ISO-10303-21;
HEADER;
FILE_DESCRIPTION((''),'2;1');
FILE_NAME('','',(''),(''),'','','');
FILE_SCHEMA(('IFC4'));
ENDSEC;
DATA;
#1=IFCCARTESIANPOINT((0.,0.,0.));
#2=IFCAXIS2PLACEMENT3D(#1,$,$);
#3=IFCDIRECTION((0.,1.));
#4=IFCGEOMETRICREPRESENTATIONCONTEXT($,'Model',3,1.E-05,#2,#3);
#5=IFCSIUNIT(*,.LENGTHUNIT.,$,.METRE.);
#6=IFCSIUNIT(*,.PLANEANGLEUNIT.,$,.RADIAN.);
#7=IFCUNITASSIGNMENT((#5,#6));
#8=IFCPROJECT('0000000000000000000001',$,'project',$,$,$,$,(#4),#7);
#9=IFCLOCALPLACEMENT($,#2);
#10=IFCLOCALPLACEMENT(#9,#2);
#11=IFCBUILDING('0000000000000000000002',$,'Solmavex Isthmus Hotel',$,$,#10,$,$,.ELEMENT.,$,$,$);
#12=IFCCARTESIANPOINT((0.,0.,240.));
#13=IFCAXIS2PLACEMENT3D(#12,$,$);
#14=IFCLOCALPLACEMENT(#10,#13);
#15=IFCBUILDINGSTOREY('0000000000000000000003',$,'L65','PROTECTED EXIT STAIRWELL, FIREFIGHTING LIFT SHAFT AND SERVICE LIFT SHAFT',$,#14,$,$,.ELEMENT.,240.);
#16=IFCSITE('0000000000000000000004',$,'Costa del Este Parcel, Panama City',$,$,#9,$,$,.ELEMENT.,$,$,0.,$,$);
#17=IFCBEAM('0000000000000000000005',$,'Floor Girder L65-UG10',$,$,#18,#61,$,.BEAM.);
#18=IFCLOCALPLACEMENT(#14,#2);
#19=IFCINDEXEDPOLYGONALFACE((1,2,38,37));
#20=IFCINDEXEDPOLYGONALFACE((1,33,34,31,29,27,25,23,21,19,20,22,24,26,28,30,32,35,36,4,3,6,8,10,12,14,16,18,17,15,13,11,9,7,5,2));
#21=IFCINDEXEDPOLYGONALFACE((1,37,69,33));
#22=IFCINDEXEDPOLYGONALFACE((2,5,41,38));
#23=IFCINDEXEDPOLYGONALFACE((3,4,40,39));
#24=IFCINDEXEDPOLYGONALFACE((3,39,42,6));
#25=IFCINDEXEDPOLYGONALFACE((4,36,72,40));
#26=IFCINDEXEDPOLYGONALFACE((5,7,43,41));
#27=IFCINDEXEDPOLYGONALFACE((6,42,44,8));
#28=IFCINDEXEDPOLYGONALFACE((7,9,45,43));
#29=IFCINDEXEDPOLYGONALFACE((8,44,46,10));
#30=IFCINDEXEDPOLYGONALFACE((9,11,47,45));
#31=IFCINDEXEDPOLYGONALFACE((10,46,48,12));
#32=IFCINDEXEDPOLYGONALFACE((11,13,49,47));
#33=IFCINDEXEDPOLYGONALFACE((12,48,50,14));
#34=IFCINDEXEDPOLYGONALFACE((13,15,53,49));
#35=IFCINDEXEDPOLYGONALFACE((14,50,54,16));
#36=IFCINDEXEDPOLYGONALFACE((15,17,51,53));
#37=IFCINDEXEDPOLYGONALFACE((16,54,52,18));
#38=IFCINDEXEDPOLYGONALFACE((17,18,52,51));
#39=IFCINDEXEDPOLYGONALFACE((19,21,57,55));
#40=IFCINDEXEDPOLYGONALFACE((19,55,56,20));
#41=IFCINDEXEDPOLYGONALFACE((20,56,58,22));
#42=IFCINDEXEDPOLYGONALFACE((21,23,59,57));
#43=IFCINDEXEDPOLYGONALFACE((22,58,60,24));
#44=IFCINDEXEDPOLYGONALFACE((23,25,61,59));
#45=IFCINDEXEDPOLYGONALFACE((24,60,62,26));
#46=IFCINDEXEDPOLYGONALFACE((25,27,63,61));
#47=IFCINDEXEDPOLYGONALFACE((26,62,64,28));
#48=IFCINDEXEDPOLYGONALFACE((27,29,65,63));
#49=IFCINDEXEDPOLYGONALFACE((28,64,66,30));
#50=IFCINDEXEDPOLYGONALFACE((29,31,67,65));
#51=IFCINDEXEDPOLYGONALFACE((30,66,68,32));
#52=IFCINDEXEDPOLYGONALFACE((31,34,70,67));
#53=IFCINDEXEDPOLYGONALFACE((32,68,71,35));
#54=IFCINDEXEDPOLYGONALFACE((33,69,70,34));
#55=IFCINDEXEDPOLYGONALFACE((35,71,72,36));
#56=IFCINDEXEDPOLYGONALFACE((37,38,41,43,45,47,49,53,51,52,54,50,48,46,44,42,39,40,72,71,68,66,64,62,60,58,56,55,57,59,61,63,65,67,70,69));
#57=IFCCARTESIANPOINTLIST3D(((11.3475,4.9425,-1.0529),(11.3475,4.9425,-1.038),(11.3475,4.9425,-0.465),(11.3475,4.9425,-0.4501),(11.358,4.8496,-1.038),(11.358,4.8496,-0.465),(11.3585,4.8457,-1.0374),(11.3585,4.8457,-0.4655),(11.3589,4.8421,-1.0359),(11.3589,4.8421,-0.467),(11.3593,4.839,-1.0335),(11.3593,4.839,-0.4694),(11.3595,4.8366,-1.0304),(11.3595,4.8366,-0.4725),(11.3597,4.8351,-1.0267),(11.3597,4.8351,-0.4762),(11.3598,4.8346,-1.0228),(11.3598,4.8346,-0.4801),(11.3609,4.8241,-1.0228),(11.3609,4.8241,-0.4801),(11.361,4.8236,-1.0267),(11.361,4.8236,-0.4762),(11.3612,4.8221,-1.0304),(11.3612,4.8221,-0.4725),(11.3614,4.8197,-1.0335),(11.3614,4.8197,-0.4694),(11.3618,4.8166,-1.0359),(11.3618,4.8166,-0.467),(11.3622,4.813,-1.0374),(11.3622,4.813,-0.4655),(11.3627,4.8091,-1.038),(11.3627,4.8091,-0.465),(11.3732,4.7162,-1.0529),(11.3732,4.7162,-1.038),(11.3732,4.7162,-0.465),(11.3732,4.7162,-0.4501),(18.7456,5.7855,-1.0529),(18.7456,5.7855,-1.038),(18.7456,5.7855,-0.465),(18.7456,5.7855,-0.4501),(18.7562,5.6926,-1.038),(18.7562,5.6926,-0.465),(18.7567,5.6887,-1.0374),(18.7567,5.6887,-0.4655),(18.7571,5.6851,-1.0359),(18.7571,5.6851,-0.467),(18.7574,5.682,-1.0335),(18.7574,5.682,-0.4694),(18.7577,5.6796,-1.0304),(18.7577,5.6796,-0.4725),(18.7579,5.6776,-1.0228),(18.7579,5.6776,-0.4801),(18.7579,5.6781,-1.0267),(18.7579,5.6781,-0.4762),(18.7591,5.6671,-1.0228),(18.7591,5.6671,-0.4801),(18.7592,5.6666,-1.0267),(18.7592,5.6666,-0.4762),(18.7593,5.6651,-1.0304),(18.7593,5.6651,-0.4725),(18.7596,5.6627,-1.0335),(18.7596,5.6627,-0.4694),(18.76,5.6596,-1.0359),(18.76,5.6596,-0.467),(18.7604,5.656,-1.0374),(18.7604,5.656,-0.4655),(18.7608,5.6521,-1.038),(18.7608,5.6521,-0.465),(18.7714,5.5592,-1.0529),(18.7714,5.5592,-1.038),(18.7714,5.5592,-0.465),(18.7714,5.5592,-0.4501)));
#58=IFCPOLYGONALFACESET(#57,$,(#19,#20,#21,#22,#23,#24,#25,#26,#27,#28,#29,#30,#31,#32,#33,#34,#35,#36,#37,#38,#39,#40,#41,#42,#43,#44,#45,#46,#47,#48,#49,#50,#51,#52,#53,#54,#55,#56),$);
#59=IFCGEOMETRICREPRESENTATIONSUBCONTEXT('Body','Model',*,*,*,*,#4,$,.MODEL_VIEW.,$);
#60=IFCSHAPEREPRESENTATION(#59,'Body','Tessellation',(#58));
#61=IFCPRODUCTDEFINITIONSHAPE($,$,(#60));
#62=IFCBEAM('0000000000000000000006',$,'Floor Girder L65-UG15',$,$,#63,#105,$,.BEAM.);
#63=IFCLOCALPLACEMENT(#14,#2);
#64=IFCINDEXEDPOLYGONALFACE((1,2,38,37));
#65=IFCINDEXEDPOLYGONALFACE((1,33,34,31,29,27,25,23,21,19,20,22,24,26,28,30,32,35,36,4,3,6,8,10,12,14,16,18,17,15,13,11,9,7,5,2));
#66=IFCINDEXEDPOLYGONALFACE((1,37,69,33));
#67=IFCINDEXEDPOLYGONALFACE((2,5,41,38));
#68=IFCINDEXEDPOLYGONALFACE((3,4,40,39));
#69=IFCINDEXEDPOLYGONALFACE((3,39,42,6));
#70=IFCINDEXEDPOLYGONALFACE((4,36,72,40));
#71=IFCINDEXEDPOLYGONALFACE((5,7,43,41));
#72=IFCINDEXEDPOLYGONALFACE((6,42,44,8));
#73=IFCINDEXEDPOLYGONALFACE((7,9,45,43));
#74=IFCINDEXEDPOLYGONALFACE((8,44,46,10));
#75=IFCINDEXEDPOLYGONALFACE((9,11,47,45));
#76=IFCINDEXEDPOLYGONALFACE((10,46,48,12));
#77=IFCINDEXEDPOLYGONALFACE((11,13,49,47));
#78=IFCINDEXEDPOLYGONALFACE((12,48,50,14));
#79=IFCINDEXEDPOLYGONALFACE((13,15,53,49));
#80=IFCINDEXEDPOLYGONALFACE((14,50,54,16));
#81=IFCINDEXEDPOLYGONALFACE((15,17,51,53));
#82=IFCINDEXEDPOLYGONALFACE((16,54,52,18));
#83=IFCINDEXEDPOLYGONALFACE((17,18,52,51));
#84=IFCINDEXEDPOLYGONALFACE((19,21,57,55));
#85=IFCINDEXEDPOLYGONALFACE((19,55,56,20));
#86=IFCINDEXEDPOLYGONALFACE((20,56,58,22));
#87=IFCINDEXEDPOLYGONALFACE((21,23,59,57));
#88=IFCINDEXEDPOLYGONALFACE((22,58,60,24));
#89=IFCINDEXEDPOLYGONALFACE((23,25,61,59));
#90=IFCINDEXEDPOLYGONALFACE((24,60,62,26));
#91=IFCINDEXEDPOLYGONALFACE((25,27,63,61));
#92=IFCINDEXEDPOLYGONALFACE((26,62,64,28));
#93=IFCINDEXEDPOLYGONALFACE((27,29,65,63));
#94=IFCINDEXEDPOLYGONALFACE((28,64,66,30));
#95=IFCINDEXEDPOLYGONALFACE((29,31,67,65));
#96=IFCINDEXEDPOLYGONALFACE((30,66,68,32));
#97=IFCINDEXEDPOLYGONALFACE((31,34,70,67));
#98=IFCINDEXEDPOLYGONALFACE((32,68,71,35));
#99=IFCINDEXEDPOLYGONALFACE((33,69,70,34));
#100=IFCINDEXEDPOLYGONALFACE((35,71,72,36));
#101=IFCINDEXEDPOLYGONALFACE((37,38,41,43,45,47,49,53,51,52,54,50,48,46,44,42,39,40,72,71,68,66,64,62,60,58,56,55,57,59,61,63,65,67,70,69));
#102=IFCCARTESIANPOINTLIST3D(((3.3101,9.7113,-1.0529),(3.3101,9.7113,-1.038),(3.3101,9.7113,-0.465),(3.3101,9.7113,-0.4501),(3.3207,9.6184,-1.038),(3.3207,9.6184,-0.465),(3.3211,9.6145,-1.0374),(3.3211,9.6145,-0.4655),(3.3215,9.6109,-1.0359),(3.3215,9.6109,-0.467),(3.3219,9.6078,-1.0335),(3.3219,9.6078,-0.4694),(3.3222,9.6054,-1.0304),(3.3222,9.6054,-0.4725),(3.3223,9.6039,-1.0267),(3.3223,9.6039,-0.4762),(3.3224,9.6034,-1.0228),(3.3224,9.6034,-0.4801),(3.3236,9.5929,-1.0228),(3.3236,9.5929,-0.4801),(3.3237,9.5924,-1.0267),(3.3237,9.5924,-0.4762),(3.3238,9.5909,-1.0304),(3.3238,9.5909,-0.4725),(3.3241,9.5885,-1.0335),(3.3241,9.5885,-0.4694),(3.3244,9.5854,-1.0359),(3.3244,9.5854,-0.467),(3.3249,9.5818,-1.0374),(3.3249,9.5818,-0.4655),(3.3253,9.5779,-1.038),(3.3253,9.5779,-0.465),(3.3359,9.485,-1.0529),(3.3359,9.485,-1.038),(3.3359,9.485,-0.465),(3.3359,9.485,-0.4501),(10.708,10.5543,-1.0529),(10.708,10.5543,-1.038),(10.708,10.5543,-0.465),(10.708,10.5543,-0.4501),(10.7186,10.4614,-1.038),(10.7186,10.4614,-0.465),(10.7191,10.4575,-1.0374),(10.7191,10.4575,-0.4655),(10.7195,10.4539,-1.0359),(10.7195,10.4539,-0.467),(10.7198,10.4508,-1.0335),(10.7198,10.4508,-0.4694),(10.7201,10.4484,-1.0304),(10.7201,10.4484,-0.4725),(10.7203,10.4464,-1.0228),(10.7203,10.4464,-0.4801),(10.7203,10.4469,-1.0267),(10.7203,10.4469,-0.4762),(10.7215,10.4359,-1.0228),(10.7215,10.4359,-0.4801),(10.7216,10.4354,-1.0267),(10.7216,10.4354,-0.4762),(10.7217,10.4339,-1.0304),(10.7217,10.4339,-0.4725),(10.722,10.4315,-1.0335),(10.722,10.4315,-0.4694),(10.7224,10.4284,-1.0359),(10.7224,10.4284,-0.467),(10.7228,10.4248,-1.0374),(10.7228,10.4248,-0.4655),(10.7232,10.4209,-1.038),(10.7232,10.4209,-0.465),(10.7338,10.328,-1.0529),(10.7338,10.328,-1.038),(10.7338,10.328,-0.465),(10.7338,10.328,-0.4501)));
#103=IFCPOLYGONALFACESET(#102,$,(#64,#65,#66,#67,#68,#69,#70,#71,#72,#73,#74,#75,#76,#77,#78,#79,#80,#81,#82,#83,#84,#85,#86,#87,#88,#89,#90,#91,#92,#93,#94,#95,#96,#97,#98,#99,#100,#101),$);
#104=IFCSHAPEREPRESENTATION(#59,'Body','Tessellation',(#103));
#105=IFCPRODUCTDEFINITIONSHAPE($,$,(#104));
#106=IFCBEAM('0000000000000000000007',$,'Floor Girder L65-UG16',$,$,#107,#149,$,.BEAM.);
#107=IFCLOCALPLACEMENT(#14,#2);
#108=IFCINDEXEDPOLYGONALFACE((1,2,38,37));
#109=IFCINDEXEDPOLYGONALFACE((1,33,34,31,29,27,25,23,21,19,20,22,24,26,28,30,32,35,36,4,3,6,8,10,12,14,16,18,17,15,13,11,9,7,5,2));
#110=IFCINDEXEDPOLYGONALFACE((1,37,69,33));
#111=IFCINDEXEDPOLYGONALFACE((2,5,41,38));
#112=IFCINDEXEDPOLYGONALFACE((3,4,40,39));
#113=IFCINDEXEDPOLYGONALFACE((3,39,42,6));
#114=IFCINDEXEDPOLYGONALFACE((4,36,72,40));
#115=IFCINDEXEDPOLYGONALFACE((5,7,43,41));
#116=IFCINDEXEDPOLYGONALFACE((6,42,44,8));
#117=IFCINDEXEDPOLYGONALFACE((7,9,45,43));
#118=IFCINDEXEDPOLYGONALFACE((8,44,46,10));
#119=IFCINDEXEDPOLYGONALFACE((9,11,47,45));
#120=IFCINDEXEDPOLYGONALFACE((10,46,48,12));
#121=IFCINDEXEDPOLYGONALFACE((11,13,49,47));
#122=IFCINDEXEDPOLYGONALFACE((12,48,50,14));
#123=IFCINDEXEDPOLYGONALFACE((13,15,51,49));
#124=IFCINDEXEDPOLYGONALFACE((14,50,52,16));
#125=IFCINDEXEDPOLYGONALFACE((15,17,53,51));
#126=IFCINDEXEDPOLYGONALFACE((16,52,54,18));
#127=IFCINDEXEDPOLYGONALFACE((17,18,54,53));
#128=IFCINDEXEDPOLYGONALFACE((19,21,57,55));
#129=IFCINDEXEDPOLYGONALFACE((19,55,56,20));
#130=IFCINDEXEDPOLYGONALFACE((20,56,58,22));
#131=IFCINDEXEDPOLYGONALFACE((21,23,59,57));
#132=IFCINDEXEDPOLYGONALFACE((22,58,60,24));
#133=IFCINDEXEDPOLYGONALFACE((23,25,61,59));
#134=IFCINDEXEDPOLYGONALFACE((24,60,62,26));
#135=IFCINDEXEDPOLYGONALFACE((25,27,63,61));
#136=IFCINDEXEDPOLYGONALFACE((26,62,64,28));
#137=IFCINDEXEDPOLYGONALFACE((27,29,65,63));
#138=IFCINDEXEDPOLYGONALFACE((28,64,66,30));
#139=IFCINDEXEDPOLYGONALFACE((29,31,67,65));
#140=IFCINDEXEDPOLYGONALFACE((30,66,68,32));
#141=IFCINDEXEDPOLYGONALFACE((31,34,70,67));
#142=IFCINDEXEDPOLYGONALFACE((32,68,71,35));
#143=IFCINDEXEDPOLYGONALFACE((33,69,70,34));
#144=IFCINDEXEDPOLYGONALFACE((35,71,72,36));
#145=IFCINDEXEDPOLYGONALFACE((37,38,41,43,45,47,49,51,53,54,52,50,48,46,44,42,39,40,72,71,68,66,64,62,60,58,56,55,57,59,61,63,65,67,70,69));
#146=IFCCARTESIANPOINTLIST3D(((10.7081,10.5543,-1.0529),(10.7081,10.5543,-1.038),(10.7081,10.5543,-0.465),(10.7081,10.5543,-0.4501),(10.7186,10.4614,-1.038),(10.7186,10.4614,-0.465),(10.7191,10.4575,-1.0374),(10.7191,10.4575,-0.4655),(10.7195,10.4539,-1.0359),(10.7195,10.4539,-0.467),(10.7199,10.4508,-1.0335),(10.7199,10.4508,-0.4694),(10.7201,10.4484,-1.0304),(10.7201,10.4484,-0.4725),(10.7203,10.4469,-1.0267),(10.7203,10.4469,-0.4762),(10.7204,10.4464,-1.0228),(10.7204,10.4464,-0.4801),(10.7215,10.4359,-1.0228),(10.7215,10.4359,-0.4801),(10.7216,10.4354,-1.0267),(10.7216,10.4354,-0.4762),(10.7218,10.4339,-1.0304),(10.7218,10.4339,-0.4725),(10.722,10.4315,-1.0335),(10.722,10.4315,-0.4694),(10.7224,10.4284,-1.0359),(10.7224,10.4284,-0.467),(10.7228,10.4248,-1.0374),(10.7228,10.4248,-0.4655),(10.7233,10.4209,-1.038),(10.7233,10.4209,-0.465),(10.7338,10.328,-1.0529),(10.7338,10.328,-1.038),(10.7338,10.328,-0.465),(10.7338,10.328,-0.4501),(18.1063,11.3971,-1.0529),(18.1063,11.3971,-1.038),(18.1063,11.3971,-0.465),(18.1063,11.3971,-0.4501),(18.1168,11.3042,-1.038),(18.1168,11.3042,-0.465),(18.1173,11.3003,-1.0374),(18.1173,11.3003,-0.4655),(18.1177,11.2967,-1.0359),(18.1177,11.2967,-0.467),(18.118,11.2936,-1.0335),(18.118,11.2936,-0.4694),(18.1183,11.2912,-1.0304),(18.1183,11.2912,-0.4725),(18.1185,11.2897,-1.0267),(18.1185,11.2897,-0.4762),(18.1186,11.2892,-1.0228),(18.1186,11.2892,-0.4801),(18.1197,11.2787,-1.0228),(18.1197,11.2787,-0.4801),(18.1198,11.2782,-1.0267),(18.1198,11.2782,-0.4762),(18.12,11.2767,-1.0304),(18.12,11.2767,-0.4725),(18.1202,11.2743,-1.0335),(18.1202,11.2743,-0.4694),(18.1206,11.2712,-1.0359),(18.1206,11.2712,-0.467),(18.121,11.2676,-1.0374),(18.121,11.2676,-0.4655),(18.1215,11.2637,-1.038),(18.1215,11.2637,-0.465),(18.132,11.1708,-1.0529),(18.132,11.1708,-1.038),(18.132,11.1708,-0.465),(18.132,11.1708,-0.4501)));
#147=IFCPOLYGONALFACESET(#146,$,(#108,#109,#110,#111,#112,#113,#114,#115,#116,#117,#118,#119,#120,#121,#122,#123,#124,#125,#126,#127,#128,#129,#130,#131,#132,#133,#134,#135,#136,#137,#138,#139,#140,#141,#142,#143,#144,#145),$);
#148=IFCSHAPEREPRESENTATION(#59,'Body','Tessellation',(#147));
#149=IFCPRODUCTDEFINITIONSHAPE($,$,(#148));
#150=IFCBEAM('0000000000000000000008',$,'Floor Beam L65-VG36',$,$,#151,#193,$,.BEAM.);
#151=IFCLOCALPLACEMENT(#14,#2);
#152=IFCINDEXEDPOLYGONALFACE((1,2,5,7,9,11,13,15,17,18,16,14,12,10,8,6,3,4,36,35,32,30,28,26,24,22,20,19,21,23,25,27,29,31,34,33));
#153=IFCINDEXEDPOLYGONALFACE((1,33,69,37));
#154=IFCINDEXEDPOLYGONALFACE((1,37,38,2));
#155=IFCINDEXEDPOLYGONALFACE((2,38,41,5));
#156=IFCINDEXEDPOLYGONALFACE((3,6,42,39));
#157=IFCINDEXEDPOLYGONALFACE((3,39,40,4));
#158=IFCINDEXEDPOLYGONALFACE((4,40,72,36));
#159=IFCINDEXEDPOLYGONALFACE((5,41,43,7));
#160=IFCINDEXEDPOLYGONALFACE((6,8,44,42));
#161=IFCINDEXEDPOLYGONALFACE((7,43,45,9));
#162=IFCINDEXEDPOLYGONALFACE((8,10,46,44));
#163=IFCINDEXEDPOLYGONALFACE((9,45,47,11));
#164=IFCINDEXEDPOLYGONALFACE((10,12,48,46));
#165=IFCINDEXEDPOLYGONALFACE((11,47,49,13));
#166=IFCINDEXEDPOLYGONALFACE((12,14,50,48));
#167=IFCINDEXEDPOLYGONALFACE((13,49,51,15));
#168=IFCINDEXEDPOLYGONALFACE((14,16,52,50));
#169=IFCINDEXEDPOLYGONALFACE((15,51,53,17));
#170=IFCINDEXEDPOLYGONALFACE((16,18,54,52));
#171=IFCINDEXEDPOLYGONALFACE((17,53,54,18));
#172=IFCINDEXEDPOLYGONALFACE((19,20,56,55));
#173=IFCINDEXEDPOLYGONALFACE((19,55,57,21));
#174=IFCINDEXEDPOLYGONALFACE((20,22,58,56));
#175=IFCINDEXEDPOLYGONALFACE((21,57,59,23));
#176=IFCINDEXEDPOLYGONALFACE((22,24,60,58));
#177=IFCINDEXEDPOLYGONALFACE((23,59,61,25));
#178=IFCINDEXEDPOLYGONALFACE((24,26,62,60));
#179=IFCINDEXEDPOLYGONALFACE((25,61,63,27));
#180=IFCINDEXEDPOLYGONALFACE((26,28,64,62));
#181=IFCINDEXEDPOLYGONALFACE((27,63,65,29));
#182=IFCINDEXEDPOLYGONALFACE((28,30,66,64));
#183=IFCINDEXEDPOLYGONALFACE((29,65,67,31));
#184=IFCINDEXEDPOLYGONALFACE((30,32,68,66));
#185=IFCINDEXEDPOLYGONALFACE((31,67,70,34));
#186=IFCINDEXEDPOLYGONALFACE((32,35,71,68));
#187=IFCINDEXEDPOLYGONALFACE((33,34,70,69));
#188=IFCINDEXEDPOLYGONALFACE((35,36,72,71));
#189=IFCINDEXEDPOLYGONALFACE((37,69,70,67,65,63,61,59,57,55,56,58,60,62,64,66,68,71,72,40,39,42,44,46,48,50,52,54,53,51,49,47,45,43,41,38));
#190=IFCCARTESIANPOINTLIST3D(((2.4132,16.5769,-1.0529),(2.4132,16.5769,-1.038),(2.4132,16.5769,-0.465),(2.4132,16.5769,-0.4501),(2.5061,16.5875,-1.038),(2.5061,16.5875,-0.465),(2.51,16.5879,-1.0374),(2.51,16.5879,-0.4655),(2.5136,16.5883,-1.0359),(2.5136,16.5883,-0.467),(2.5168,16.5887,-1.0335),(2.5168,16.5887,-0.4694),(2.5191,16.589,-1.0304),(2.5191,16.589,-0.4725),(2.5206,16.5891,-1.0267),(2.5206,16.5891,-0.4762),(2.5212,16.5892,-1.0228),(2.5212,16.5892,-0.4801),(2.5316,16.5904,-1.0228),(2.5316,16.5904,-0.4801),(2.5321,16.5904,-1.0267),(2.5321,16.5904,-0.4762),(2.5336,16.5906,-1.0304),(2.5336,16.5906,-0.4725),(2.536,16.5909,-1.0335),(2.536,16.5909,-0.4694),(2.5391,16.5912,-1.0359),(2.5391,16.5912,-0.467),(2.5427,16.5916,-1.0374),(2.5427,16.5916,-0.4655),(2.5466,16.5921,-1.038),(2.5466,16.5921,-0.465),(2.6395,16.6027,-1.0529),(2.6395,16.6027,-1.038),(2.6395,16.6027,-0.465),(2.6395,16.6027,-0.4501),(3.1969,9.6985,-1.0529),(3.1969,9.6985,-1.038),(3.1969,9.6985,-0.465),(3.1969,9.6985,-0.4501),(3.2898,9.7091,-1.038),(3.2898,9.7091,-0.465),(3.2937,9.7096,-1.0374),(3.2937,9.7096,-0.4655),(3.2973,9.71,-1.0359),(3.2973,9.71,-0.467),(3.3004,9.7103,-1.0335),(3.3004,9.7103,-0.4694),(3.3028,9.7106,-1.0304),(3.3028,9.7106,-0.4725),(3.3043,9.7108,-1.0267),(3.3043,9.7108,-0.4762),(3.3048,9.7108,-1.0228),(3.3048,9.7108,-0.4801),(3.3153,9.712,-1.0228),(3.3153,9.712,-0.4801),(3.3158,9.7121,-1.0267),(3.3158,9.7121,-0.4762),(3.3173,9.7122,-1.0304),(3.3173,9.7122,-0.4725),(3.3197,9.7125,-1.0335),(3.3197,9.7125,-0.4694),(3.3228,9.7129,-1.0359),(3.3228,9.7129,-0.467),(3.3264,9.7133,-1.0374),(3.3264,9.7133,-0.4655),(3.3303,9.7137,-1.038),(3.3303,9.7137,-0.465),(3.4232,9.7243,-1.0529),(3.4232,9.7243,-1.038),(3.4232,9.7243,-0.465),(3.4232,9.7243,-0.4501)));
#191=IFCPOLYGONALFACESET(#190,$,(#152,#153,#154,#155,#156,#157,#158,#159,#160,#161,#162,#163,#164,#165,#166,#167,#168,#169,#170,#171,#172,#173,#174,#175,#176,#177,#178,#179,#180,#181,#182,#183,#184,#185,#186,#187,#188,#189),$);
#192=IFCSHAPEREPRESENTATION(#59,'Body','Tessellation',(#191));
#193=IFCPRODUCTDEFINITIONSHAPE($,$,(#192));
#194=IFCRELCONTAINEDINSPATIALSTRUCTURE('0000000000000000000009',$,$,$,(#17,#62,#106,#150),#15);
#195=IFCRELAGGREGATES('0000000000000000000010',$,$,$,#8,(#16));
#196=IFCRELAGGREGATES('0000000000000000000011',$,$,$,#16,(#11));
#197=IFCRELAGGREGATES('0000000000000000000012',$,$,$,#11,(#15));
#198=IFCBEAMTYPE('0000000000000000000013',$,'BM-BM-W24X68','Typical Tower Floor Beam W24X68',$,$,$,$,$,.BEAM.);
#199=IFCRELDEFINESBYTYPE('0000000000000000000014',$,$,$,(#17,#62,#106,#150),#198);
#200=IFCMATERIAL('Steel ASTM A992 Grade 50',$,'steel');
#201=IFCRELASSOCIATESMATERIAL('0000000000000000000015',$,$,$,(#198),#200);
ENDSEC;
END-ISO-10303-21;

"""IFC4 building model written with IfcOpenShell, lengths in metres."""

from ifc_helpers import new_model, si_unit, direction, frame, origin, origin_2d, place, context, subcontext, project, spatial, i_section, extrude, material, material_profile, profile_set, type_object, element, save


model = new_model("IFC4")

# Units and contexts
model_context = context("Model", 3, precision=1e-05, world=origin(), true_north=direction((0.0, 1.0)))
body_context = subcontext(model_context, "Body", "Model", "MODEL_VIEW")
ifc_project = project(units=[si_unit("LENGTHUNIT", "METRE"), si_unit("PLANEANGLEUNIT", "RADIAN")], contexts=[model_context])

# Site, building, storey
site_placement = place(None, origin())
site = spatial("IfcSite", under=ifc_project, at=site_placement, Name="Costa del Este Parcel, Panama City", CompositionType="ELEMENT", RefElevation=0.0)
building_placement = place(site_placement, origin())
building = spatial("IfcBuilding", under=site, at=building_placement, Name="Solmavex Isthmus Hotel", CompositionType="ELEMENT")
storey_placement = place(building_placement, frame((0.0, 0.0, 240.0)))
storey = spatial("IfcBuildingStorey", under=building, at=storey_placement, Name="L65", Description="PROTECTED EXIT STAIRWELL, FIREFIGHTING LIFT SHAFT AND SERVICE LIFT SHAFT", CompositionType="ELEMENT", Elevation=240.0)

# Beams
ifc_material_1 = material(Name="Steel ASTM A992 Grade 50", Category="steel")
ifc_material_profile_1 = material_profile(ifc_material_1, i_section(OverallWidth=0.2278, OverallDepth=0.6028, WebThickness=0.0105, FlangeThickness=0.0149, FilletRadius=0.0151, at=origin_2d()), Name="W24X68")
ifc_profile_set_1 = profile_set([ifc_material_profile_1], Name="Steel ASTM A992 Grade 50")
beam_type_1 = type_object("IfcBeamType", Name="BM-BM-W24X68", Description="Typical Tower Floor Beam W24X68", PredefinedType="BEAM", material=ifc_profile_set_1)
beam_1_placement = place(storey_placement, frame((11.3604, 4.8293, -0.7515), z_axis=(0.99357, 0.113216, 0.0), x_axis=(-0.113216, 0.99357, 0.0)))
element("IfcBeam", 1, at=beam_1_placement, inside=storey, type_object=beam_type_1, Name="Floor Girder L65-UG10", PredefinedType="BEAM", context=body_context, shape_type="SweptSolid", body=[
    extrude(i_section(OverallWidth=0.2278, OverallDepth=0.6028, WebThickness=0.0105, FlangeThickness=0.0149, FilletRadius=0.0151, at=origin_2d()), origin(), (0.0, 0.0, 1.0), 7.446),
])
beam_2_placement = place(storey_placement, frame((3.323, 9.5981, -0.7515), z_axis=(0.99357, 0.11322, 0.0), x_axis=(-0.11322, 0.99357, 0.0)))
element("IfcBeam", 2, at=beam_2_placement, inside=storey, type_object=beam_type_1, Name="Floor Girder L65-UG15", PredefinedType="BEAM", context=body_context, shape_type="SweptSolid", body=[
    extrude(i_section(OverallWidth=0.2278, OverallDepth=0.6028, WebThickness=0.0105, FlangeThickness=0.0149, FilletRadius=0.0151, at=origin_2d()), origin(), (0.0, 0.0, 1.0), 7.4458),
])
beam_3_placement = place(storey_placement, frame((10.7209, 10.4412, -0.7515), z_axis=(0.993574, 0.113184, 0.0), x_axis=(-0.113184, 0.993574, 0.0)))
element("IfcBeam", 3, at=beam_3_placement, inside=storey, type_object=beam_type_1, Name="Floor Girder L65-UG16", PredefinedType="BEAM", context=body_context, shape_type="SweptSolid", body=[
    extrude(i_section(OverallWidth=0.2278, OverallDepth=0.6028, WebThickness=0.0105, FlangeThickness=0.0149, FilletRadius=0.0151, at=origin_2d()), origin(), (0.0, 0.0, 1.0), 7.446),
])
beam_4_placement = place(storey_placement, frame((3.3101, 9.7114, -0.7515), z_axis=(-0.113202, 0.993572, 0.0), x_axis=(-0.993572, -0.113202, 0.0)))
element("IfcBeam", 4, at=beam_4_placement, inside=storey, type_object=beam_type_1, Name="Floor Beam L65-VG36", PredefinedType="BEAM", context=body_context, shape_type="SweptSolid", body=[
    extrude(i_section(OverallWidth=0.2278, OverallDepth=0.6028, WebThickness=0.0105, FlangeThickness=0.0149, FilletRadius=0.0151, at=origin_2d()), origin(), (0.0, 0.0, 1.0), 6.9229),
])

save(model, "model.ifc")
